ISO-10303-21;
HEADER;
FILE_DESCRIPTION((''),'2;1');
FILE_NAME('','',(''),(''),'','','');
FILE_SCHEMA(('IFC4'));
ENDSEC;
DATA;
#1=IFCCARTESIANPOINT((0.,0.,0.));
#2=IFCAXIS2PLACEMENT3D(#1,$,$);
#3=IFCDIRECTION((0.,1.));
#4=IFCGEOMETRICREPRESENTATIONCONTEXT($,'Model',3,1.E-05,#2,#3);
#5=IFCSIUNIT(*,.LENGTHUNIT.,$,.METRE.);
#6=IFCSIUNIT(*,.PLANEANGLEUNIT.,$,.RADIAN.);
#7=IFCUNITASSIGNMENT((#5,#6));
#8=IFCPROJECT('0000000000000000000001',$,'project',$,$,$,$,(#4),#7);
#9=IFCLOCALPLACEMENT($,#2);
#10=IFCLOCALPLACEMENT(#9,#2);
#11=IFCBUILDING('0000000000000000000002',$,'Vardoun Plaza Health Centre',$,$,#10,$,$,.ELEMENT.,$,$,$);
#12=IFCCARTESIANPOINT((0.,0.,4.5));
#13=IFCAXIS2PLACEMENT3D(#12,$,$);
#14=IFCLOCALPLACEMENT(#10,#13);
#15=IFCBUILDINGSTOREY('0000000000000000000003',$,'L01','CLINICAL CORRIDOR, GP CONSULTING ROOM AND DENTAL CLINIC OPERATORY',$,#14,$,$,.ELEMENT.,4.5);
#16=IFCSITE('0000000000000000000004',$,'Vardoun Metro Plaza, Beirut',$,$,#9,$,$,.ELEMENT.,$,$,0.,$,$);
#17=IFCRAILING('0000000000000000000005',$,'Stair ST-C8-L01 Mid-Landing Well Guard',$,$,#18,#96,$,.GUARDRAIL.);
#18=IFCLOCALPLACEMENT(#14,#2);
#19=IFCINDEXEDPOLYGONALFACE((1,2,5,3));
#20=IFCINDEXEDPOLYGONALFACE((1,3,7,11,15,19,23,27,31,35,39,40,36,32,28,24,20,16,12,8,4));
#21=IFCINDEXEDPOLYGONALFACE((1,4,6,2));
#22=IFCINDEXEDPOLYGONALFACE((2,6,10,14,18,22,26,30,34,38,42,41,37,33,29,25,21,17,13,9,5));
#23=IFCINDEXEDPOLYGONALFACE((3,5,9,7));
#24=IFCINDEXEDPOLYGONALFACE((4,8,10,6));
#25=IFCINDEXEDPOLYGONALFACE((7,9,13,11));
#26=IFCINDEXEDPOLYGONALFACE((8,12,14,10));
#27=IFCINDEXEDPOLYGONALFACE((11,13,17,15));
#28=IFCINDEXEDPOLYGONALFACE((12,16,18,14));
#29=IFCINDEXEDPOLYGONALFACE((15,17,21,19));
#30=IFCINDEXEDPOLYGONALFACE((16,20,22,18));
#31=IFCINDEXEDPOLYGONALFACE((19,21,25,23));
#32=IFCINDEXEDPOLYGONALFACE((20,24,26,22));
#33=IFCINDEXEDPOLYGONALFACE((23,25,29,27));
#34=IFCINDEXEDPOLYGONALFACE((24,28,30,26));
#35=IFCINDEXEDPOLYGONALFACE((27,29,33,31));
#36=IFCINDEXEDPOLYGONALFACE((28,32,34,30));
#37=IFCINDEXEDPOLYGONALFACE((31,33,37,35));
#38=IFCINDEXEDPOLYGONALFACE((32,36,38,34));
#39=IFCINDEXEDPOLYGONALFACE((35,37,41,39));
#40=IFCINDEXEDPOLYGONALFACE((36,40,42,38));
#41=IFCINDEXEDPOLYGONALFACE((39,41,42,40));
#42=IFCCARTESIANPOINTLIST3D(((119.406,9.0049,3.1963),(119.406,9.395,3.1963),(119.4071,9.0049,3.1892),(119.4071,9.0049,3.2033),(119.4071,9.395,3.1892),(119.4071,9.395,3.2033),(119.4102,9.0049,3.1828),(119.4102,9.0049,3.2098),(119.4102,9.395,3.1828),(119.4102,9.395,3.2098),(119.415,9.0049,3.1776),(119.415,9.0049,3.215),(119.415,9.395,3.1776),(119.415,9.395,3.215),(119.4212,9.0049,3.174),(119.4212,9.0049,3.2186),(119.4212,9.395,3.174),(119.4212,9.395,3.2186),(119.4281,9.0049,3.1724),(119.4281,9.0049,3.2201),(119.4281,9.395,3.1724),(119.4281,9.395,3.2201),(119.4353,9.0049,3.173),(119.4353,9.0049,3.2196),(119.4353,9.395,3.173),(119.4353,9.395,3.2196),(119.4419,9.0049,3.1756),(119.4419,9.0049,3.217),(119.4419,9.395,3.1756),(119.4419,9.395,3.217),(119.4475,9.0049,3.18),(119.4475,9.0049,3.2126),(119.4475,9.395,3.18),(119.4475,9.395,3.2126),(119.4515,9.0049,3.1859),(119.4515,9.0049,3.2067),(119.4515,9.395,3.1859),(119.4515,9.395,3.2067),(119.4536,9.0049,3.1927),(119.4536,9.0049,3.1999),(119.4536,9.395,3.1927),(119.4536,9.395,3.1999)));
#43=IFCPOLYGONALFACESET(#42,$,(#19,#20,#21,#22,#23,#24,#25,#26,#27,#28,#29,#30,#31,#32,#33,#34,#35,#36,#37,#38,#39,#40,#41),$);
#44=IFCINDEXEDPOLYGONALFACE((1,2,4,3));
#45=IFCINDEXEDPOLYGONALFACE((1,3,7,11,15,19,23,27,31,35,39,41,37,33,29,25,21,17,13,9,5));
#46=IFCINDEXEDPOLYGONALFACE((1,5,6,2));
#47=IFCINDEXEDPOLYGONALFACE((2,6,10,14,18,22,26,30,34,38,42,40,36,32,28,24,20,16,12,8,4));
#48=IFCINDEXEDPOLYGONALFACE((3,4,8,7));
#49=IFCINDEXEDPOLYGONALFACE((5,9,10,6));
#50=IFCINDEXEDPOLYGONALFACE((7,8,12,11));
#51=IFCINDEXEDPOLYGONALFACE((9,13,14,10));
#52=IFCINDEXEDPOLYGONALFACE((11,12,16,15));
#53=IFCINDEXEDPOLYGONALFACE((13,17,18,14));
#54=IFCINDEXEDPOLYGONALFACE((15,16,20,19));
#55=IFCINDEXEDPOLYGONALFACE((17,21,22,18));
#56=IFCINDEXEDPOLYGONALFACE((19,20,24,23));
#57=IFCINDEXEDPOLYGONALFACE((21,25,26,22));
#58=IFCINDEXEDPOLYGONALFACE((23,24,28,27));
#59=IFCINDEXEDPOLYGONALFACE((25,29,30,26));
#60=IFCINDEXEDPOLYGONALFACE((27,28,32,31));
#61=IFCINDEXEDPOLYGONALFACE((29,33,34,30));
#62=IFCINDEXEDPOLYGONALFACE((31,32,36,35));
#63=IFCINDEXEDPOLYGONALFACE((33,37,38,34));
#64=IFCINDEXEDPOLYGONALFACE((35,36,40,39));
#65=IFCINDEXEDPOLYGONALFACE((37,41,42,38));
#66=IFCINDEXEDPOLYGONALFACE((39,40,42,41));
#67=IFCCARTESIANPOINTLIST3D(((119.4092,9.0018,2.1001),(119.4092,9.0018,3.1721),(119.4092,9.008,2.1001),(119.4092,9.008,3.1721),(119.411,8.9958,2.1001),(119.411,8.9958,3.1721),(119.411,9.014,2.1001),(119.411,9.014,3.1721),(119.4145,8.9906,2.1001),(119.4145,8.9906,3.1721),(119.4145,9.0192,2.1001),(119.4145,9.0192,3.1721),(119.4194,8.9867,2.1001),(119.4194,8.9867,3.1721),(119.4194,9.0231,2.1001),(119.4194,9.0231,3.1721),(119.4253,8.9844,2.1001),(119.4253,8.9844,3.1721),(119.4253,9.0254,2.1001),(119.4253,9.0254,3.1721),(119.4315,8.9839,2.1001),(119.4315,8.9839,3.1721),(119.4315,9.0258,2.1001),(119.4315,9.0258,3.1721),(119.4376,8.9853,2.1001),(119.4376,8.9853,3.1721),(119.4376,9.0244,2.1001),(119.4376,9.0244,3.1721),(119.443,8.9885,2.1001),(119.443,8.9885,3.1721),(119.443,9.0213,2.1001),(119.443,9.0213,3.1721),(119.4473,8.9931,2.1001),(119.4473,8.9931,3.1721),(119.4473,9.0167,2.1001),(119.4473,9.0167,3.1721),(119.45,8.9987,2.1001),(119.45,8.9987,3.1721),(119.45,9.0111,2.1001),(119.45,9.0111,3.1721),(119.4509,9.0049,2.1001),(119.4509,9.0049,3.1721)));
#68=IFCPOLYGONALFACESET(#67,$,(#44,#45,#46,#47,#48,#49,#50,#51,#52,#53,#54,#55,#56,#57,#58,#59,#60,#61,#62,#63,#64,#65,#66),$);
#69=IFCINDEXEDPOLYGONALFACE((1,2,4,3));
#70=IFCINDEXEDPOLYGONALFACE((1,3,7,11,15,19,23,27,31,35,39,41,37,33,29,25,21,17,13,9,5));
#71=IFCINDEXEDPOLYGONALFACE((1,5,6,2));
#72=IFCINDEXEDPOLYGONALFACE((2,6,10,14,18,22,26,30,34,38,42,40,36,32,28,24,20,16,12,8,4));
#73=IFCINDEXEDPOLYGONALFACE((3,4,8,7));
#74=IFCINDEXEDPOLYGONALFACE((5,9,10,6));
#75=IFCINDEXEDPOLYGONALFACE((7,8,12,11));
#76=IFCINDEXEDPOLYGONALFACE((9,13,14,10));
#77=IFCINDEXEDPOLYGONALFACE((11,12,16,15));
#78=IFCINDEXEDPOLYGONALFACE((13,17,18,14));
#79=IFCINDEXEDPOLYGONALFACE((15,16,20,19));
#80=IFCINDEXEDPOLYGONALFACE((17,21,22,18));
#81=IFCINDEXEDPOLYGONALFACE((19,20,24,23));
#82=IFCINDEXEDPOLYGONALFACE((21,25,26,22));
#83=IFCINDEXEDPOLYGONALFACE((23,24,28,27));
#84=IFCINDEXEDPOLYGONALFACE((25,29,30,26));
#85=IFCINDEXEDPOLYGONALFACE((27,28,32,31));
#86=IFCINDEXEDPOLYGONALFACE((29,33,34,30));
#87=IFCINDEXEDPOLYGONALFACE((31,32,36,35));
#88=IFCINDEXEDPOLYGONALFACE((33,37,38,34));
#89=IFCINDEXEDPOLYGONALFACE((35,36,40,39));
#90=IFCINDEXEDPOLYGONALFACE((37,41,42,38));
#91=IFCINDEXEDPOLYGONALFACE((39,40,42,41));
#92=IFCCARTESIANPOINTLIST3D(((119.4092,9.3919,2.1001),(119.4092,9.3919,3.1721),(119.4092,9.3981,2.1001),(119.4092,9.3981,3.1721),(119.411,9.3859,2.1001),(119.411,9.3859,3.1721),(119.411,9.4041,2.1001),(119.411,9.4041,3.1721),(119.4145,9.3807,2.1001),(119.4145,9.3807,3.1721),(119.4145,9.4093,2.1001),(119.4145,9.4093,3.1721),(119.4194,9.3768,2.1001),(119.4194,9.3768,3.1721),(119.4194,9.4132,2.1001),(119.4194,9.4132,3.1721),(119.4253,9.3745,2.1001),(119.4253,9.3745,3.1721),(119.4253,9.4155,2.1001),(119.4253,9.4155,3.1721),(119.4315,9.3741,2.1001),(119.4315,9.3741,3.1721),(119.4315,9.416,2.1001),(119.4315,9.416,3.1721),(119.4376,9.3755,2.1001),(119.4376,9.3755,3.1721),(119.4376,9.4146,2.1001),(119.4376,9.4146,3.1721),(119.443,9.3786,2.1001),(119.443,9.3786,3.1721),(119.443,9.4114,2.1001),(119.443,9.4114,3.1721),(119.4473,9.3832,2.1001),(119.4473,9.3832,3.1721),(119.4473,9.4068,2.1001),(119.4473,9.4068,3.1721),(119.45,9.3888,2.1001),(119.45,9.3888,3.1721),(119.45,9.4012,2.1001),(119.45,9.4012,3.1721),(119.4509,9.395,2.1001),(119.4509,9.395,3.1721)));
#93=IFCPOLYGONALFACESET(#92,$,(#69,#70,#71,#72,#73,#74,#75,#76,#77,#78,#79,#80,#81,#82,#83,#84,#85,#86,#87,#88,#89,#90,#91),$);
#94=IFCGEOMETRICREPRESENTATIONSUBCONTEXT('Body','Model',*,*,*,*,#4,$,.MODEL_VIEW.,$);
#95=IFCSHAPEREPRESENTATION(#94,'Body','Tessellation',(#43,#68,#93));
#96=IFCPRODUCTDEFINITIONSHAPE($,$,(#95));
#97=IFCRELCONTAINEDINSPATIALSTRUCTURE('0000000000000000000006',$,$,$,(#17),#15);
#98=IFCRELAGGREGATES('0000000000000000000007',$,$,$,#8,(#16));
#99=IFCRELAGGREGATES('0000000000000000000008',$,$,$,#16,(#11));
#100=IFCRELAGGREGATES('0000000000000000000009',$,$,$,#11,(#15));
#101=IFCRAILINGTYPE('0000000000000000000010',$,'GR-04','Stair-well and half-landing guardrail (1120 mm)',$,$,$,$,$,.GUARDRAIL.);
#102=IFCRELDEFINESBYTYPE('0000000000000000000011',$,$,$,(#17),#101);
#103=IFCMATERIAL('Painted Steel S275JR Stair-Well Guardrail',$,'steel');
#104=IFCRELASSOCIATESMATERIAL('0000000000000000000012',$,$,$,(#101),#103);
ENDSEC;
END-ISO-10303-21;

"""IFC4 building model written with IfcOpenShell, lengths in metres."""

from ifc_helpers import new_model, si_unit, direction, frame, origin, origin_2d, place, context, subcontext, project, spatial, circle, extrude, material, type_object, element, save


model = new_model("IFC4")

# Units and contexts
model_context = context("Model", 3, precision=1e-05, world=origin(), true_north=direction((0.0, 1.0)))
body_context = subcontext(model_context, "Body", "Model", "MODEL_VIEW")
ifc_project = project(units=[si_unit("LENGTHUNIT", "METRE"), si_unit("PLANEANGLEUNIT", "RADIAN")], contexts=[model_context])

# Site, building, storey
site_placement = place(None, origin())
site = spatial("IfcSite", under=ifc_project, at=site_placement, Name="Vardoun Metro Plaza, Beirut", CompositionType="ELEMENT", RefElevation=0.0)
building_placement = place(site_placement, origin())
building = spatial("IfcBuilding", under=site, at=building_placement, Name="Vardoun Plaza Health Centre", CompositionType="ELEMENT")
storey_placement = place(building_placement, frame((0.0, 0.0, 4.5)))
storey = spatial("IfcBuildingStorey", under=building, at=storey_placement, Name="L01", Description="CLINICAL CORRIDOR, GP CONSULTING ROOM AND DENTAL CLINIC OPERATORY", CompositionType="ELEMENT", Elevation=4.5)

# Railing
ifc_material_1 = material(Name="Painted Steel S275JR Stair-Well Guardrail", Category="steel")
railing_type_1 = type_object("IfcRailingType", Name="GR-04", Description="Stair-well and half-landing guardrail (1120 mm)", PredefinedType="GUARDRAIL", material=ifc_material_1)
railing_1_placement = place(storey_placement, frame((119.4299, 9.0049, 2.1001)))
element("IfcRailing", 1, at=railing_1_placement, inside=storey, type_object=railing_type_1, Name="Stair ST-C8-L01 Mid-Landing Well Guard", PredefinedType="GUARDRAIL", context=body_context, shape_type="SweptSolid", body=[
    extrude(circle(Radius=0.0239, at=origin_2d()), frame((0.0, 0.0, 1.0962), z_axis=(0.0, 1.0, 0.0), x_axis=(-1.0, 0.0, 0.0)), (0.0, 0.0, 1.0), 0.3901),
    extrude(circle(Radius=0.021, at=origin_2d()), origin(), (0.0, 0.0, 1.0), 1.072),
    extrude(circle(Radius=0.021, at=origin_2d()), frame((0.0, 0.3901, 0.0)), (0.0, 0.0, 1.0), 1.072),
])

save(model, "model.ifc")
